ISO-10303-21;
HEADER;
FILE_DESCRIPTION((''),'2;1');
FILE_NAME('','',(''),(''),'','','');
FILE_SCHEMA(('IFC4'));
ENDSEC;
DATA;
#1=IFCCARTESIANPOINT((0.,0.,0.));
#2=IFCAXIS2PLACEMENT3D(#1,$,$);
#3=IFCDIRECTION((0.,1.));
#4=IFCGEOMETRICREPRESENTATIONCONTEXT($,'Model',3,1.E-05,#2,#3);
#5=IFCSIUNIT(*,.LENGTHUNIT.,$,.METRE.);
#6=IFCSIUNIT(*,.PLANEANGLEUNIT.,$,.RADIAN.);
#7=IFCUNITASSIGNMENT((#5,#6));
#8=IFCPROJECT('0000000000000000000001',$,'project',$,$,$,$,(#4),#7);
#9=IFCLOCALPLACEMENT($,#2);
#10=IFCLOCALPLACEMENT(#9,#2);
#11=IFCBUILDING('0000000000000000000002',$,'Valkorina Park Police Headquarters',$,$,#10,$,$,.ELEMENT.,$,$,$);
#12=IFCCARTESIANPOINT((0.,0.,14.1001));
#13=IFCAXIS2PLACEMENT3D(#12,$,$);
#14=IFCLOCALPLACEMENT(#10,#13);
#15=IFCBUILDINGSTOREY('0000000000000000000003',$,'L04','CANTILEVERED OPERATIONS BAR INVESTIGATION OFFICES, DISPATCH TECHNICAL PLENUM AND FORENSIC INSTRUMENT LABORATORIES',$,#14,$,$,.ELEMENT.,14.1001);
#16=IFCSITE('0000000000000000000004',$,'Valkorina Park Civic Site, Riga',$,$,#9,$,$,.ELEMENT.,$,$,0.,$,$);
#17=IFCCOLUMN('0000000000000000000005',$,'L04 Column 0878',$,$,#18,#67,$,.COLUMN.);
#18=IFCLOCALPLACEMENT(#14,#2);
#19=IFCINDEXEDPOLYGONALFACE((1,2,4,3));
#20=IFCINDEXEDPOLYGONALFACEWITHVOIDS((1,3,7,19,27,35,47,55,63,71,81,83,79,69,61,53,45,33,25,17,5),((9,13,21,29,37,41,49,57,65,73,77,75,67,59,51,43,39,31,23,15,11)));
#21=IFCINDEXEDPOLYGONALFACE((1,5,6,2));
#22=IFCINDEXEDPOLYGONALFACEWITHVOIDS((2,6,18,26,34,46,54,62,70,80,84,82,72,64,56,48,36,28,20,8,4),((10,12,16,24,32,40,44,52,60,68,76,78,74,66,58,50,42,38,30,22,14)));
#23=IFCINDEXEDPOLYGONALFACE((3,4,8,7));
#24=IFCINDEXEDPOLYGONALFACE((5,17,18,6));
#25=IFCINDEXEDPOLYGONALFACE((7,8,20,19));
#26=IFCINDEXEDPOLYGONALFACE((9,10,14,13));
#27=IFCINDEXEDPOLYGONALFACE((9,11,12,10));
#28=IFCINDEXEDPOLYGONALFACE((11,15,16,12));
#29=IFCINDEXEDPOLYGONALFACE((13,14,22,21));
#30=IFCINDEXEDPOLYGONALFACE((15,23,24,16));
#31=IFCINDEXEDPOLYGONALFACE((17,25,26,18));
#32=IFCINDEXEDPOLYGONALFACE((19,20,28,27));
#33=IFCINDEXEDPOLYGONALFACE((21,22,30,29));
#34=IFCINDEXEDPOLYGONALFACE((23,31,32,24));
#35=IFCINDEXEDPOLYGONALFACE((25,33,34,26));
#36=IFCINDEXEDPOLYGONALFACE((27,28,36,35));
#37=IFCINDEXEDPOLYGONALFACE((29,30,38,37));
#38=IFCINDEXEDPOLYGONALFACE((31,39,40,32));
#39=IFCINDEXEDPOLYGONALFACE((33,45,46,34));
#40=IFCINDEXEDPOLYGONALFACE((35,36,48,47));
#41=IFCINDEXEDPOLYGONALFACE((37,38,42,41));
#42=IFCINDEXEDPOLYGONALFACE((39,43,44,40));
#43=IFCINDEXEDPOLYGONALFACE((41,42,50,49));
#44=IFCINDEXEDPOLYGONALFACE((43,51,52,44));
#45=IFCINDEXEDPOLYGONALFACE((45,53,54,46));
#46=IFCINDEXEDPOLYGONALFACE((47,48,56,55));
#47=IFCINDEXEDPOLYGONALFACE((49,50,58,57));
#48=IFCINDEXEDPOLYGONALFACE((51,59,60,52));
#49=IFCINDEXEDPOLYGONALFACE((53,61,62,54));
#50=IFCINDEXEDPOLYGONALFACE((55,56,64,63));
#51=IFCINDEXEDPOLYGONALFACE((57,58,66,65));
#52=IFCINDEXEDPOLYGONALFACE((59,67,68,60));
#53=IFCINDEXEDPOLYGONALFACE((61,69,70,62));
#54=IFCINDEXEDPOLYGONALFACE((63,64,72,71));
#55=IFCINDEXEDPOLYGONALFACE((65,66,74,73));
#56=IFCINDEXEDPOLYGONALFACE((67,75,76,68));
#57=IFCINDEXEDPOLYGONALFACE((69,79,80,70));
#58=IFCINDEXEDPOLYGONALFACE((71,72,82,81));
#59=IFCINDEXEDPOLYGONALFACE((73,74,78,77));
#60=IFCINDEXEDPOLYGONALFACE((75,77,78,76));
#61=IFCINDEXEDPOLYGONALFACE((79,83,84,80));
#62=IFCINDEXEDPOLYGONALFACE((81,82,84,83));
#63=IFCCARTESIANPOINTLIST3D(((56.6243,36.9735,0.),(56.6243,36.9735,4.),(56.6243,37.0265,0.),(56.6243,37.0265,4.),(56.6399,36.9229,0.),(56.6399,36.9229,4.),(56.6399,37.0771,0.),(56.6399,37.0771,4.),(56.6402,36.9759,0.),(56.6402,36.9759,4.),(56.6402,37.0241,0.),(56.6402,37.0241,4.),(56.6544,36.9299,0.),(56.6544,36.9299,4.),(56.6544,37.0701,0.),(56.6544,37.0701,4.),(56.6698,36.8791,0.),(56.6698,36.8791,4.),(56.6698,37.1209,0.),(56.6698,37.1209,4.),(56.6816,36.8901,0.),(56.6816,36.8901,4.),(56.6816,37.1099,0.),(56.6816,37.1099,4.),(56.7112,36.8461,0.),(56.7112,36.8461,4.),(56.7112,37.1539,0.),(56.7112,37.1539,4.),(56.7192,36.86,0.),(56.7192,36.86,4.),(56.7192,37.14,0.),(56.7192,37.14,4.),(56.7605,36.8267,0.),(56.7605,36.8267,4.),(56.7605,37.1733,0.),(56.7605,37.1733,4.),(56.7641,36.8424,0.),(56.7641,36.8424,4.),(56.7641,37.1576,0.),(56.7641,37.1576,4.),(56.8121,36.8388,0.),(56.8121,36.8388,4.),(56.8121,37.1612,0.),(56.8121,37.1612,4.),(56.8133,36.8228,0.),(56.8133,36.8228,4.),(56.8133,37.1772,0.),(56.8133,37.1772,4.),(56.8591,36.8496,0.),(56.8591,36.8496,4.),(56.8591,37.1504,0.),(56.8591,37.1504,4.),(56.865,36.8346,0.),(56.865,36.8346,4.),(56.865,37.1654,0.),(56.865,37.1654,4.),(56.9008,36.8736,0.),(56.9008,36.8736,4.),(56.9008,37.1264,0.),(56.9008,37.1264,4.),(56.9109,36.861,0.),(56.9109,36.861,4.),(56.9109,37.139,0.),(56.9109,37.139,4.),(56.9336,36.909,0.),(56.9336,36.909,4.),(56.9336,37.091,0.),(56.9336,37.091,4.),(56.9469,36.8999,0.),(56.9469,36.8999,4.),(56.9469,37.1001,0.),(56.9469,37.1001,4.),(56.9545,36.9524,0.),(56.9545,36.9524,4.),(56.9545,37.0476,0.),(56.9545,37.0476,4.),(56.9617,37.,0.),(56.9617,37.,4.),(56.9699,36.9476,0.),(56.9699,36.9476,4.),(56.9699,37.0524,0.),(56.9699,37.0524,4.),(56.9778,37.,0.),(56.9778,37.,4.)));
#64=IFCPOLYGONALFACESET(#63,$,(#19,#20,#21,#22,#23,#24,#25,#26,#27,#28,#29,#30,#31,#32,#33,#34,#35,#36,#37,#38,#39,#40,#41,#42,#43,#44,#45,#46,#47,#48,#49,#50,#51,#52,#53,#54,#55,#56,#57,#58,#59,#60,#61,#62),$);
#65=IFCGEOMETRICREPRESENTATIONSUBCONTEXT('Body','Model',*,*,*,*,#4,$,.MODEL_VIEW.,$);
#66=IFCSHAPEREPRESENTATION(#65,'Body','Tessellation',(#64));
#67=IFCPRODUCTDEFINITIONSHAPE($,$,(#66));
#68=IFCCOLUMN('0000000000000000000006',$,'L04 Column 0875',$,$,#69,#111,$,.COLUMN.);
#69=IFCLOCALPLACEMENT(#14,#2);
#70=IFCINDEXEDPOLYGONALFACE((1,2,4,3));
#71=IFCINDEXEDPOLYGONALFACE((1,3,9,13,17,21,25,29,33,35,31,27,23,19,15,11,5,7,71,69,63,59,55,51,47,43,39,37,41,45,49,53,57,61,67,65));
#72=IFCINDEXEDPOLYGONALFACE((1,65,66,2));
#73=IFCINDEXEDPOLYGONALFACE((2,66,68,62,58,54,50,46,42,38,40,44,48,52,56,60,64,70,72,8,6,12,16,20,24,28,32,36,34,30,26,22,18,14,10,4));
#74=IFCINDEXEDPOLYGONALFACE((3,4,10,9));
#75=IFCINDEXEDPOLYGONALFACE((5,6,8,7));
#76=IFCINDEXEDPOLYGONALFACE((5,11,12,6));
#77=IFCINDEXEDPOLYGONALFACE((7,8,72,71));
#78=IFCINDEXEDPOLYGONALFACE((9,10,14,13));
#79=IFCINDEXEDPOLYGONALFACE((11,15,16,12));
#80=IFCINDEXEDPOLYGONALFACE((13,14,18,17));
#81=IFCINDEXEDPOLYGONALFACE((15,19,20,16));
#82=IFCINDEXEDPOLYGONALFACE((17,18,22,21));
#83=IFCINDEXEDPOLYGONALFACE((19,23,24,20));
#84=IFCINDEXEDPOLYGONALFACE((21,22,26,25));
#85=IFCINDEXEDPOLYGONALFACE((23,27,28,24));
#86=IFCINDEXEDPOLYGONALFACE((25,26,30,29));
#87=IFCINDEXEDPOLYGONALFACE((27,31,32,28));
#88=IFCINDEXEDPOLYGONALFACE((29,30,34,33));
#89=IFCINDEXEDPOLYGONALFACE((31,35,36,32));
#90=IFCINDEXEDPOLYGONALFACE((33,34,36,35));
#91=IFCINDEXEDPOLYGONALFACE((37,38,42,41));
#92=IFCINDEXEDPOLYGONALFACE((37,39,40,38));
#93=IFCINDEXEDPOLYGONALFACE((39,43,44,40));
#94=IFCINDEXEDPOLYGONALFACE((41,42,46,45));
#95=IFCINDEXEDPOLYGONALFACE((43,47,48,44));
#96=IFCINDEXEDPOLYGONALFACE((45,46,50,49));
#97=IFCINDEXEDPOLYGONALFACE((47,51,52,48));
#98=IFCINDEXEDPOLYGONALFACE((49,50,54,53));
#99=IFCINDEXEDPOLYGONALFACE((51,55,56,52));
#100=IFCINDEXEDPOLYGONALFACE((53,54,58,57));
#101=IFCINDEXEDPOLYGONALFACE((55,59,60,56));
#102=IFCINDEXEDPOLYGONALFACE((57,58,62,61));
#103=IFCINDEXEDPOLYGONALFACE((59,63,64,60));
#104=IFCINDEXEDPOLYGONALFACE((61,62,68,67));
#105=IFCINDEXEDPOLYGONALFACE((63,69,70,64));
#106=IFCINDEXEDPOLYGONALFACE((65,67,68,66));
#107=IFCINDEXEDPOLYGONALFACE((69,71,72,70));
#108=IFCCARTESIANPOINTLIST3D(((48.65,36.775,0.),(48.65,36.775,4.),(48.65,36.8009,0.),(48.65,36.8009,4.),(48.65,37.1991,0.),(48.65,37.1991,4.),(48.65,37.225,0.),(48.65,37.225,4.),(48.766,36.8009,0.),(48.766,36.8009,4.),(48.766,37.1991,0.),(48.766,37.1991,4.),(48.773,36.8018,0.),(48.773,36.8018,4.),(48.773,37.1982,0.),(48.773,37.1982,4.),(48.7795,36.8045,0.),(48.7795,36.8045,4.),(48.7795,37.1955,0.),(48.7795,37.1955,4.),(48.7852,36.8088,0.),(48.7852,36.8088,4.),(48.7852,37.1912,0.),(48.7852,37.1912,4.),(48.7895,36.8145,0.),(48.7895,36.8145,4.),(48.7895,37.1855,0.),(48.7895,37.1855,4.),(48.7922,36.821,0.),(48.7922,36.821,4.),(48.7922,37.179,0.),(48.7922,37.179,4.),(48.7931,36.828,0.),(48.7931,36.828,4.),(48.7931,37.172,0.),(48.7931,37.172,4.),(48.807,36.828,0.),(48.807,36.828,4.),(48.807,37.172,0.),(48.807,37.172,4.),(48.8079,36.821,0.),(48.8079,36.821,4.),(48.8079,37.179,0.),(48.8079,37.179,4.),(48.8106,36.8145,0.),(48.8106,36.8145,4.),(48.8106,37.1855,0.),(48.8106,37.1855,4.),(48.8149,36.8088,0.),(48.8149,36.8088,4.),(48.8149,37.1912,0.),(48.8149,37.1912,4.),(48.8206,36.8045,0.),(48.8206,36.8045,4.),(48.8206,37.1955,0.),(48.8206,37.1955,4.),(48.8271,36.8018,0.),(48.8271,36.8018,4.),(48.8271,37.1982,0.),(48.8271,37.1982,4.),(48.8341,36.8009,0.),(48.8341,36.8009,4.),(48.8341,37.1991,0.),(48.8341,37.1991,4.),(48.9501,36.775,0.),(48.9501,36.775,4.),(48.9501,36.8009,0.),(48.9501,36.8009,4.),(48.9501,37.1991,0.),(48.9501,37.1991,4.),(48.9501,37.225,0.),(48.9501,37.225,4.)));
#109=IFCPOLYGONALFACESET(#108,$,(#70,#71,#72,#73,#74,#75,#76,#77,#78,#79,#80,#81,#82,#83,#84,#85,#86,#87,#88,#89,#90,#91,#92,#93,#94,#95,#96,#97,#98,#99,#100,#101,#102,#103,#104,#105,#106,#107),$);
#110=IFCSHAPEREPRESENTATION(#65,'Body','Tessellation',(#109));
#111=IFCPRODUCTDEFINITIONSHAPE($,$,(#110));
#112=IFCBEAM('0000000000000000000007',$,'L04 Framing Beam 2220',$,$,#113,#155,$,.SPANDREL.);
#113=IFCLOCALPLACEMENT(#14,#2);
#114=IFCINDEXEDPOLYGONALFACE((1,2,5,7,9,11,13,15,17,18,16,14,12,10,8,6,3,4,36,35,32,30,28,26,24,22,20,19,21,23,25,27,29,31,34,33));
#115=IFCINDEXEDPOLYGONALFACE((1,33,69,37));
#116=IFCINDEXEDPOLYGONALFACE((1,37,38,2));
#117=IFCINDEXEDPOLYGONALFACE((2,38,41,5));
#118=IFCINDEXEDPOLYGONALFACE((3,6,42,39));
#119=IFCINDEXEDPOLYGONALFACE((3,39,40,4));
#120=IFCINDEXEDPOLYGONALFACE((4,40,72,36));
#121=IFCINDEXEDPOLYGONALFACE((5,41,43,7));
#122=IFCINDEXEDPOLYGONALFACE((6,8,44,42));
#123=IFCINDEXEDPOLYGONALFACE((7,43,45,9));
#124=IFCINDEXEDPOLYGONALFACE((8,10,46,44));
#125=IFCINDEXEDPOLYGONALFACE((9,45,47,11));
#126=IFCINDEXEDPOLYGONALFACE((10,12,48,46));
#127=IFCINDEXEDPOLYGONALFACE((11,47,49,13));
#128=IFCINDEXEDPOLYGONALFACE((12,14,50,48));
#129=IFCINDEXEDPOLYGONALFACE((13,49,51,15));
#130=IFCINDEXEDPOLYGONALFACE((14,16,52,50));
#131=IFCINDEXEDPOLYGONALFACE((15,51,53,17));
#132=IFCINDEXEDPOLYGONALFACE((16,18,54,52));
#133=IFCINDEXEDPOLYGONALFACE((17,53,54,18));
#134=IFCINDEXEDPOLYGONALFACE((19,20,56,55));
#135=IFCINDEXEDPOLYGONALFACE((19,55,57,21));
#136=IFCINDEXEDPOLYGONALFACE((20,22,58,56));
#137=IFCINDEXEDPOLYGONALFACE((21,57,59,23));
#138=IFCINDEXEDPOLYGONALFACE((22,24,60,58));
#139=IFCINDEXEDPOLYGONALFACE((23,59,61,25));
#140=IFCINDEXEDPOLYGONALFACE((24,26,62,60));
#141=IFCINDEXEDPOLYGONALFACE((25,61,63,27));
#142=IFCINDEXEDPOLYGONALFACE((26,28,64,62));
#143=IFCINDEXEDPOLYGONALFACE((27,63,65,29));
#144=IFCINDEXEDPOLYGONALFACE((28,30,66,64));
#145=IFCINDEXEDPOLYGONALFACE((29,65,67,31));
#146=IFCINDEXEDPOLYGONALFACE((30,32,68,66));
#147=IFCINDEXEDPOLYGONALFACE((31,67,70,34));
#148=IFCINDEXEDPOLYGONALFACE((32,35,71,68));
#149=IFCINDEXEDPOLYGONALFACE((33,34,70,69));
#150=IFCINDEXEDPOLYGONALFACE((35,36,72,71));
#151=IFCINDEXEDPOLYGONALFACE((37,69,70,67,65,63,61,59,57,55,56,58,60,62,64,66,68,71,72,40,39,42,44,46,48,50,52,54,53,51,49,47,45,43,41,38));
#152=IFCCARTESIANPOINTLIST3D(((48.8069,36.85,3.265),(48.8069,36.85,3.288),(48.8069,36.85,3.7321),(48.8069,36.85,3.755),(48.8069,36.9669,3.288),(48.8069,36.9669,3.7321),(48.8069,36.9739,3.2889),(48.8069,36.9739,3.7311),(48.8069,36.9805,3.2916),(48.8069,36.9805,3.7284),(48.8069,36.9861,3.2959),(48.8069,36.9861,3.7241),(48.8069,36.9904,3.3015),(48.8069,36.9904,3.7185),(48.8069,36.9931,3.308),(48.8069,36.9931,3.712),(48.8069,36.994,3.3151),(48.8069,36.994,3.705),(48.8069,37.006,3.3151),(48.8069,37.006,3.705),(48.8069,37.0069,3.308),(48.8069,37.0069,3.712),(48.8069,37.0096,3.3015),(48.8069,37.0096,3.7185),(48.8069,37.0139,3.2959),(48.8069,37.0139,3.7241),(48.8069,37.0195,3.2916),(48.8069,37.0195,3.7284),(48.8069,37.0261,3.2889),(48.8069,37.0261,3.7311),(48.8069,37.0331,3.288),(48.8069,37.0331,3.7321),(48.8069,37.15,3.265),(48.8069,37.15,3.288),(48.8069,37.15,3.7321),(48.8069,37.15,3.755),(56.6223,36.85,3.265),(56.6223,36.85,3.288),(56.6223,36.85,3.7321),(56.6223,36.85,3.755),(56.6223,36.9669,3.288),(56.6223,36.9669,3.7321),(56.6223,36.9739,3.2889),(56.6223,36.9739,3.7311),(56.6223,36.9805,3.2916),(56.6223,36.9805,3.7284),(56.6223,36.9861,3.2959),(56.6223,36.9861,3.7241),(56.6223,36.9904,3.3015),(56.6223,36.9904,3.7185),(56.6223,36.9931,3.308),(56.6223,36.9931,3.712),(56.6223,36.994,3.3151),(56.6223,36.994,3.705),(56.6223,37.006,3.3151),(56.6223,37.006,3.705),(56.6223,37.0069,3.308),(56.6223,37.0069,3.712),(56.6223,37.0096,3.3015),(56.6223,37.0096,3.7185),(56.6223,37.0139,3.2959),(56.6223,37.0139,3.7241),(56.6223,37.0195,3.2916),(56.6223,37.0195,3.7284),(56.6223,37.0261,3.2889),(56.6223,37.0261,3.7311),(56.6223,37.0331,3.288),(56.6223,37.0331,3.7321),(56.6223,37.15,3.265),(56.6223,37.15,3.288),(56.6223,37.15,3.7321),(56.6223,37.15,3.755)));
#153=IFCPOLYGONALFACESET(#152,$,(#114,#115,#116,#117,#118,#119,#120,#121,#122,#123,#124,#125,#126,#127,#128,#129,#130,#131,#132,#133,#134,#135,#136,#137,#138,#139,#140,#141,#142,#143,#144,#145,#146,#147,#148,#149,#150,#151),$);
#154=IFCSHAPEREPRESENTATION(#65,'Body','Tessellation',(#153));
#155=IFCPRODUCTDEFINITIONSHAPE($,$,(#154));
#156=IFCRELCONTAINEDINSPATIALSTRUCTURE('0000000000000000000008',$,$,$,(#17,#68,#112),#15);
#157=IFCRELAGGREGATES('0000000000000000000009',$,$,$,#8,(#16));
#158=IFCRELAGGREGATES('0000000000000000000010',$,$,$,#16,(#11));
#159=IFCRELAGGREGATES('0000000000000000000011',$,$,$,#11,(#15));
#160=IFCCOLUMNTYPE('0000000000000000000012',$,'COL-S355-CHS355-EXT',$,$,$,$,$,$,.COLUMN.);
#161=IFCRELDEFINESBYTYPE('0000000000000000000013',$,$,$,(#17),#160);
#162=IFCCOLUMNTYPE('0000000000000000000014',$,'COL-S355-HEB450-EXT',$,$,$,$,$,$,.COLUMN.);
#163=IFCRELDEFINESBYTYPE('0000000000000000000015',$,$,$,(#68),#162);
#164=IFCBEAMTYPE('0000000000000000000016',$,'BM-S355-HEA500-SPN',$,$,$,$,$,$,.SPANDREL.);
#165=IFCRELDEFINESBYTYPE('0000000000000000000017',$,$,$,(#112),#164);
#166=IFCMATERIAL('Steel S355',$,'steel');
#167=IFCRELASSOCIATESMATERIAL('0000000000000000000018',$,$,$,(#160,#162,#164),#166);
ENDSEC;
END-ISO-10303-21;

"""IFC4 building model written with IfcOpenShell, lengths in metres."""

from ifc_helpers import new_model, si_unit, direction, frame, origin, origin_2d, place, context, subcontext, project, spatial, hollow_circle, i_section, extrude, material, material_profile, profile_set, type_object, element, save


model = new_model("IFC4")

# Units and contexts
model_context = context("Model", 3, precision=1e-05, world=origin(), true_north=direction((0.0, 1.0)))
body_context = subcontext(model_context, "Body", "Model", "MODEL_VIEW")
ifc_project = project(units=[si_unit("LENGTHUNIT", "METRE"), si_unit("PLANEANGLEUNIT", "RADIAN")], contexts=[model_context])

# Site, building, storey
site_placement = place(None, origin())
site = spatial("IfcSite", under=ifc_project, at=site_placement, Name="Valkorina Park Civic Site, Riga", CompositionType="ELEMENT", RefElevation=0.0)
building_placement = place(site_placement, origin())
building = spatial("IfcBuilding", under=site, at=building_placement, Name="Valkorina Park Police Headquarters", CompositionType="ELEMENT")
storey_placement = place(building_placement, frame((0.0, 0.0, 14.1001)))
storey = spatial("IfcBuildingStorey", under=building, at=storey_placement, Name="L04", Description="CANTILEVERED OPERATIONS BAR INVESTIGATION OFFICES, DISPATCH TECHNICAL PLENUM AND FORENSIC INSTRUMENT LABORATORIES", CompositionType="ELEMENT", Elevation=14.1001)

# Columns
ifc_material_1 = material(Name="Steel S355", Category="steel")
ifc_material_profile_1 = material_profile(ifc_material_1, hollow_circle(Radius=0.1777, WallThickness=0.0161, at=origin_2d()), Name="CHS 355.6x16")
ifc_profile_set_1 = profile_set([ifc_material_profile_1], Name="Steel S355")
column_type_1 = type_object("IfcColumnType", Name="COL-S355-CHS355-EXT", PredefinedType="COLUMN", material=ifc_profile_set_1)
column_1_placement = place(storey_placement, frame((56.8, 37.0, 0.0), z_axis=(0.0, 0.0, 1.0), x_axis=(1.0, 0.0, 0.0)))
element("IfcColumn", 1, at=column_1_placement, inside=storey, type_object=column_type_1, Name="L04 Column 0878", PredefinedType="COLUMN", context=body_context, shape_type="SweptSolid", body=[
    extrude(hollow_circle(Radius=0.1777, WallThickness=0.0161, at=origin_2d()), origin(), (0.0, 0.0, 1.0), 4.0),
])
ifc_material_profile_2 = material_profile(ifc_material_1, i_section(OverallWidth=0.3, OverallDepth=0.45, WebThickness=0.0139, FlangeThickness=0.0259, FilletRadius=0.0271, at=origin_2d()), Name="HEB 450")
ifc_profile_set_2 = profile_set([ifc_material_profile_2], Name="Steel S355")
column_type_2 = type_object("IfcColumnType", Name="COL-S355-HEB450-EXT", PredefinedType="COLUMN", material=ifc_profile_set_2)
column_2_placement = place(storey_placement, frame((48.8, 37.0, 0.0), z_axis=(0.0, 0.0, 1.0), x_axis=(1.0, 0.0, 0.0)))
element("IfcColumn", 2, at=column_2_placement, inside=storey, type_object=column_type_2, Name="L04 Column 0875", PredefinedType="COLUMN", context=body_context, shape_type="SweptSolid", body=[
    extrude(i_section(OverallWidth=0.3, OverallDepth=0.45, WebThickness=0.0139, FlangeThickness=0.0259, FilletRadius=0.0271, at=origin_2d()), origin(), (0.0, 0.0, 1.0), 4.0),
])

# Beam
ifc_material_profile_3 = material_profile(ifc_material_1, i_section(OverallWidth=0.3, OverallDepth=0.49, WebThickness=0.012, FlangeThickness=0.0229, FilletRadius=0.0271, at=origin_2d()), Name="HEA 500")
ifc_profile_set_3 = profile_set([ifc_material_profile_3], Name="Steel S355")
beam_type = type_object("IfcBeamType", Name="BM-S355-HEA500-SPN", PredefinedType="SPANDREL", material=ifc_profile_set_3)
beam_1_placement = place(storey_placement, frame((48.8069, 37.0, 3.51), z_axis=(1.0, 0.0, 0.0), x_axis=(0.0, 1.0, 0.0)))
element("IfcBeam", 3, at=beam_1_placement, inside=storey, type_object=beam_type, Name="L04 Framing Beam 2220", PredefinedType="SPANDREL", context=body_context, shape_type="SweptSolid", body=[
    extrude(i_section(OverallWidth=0.3, OverallDepth=0.49, WebThickness=0.012, FlangeThickness=0.0229, FilletRadius=0.0271, at=origin_2d()), origin(), (0.0, 0.0, 1.0), 7.8154),
])

save(model, "model.ifc")
